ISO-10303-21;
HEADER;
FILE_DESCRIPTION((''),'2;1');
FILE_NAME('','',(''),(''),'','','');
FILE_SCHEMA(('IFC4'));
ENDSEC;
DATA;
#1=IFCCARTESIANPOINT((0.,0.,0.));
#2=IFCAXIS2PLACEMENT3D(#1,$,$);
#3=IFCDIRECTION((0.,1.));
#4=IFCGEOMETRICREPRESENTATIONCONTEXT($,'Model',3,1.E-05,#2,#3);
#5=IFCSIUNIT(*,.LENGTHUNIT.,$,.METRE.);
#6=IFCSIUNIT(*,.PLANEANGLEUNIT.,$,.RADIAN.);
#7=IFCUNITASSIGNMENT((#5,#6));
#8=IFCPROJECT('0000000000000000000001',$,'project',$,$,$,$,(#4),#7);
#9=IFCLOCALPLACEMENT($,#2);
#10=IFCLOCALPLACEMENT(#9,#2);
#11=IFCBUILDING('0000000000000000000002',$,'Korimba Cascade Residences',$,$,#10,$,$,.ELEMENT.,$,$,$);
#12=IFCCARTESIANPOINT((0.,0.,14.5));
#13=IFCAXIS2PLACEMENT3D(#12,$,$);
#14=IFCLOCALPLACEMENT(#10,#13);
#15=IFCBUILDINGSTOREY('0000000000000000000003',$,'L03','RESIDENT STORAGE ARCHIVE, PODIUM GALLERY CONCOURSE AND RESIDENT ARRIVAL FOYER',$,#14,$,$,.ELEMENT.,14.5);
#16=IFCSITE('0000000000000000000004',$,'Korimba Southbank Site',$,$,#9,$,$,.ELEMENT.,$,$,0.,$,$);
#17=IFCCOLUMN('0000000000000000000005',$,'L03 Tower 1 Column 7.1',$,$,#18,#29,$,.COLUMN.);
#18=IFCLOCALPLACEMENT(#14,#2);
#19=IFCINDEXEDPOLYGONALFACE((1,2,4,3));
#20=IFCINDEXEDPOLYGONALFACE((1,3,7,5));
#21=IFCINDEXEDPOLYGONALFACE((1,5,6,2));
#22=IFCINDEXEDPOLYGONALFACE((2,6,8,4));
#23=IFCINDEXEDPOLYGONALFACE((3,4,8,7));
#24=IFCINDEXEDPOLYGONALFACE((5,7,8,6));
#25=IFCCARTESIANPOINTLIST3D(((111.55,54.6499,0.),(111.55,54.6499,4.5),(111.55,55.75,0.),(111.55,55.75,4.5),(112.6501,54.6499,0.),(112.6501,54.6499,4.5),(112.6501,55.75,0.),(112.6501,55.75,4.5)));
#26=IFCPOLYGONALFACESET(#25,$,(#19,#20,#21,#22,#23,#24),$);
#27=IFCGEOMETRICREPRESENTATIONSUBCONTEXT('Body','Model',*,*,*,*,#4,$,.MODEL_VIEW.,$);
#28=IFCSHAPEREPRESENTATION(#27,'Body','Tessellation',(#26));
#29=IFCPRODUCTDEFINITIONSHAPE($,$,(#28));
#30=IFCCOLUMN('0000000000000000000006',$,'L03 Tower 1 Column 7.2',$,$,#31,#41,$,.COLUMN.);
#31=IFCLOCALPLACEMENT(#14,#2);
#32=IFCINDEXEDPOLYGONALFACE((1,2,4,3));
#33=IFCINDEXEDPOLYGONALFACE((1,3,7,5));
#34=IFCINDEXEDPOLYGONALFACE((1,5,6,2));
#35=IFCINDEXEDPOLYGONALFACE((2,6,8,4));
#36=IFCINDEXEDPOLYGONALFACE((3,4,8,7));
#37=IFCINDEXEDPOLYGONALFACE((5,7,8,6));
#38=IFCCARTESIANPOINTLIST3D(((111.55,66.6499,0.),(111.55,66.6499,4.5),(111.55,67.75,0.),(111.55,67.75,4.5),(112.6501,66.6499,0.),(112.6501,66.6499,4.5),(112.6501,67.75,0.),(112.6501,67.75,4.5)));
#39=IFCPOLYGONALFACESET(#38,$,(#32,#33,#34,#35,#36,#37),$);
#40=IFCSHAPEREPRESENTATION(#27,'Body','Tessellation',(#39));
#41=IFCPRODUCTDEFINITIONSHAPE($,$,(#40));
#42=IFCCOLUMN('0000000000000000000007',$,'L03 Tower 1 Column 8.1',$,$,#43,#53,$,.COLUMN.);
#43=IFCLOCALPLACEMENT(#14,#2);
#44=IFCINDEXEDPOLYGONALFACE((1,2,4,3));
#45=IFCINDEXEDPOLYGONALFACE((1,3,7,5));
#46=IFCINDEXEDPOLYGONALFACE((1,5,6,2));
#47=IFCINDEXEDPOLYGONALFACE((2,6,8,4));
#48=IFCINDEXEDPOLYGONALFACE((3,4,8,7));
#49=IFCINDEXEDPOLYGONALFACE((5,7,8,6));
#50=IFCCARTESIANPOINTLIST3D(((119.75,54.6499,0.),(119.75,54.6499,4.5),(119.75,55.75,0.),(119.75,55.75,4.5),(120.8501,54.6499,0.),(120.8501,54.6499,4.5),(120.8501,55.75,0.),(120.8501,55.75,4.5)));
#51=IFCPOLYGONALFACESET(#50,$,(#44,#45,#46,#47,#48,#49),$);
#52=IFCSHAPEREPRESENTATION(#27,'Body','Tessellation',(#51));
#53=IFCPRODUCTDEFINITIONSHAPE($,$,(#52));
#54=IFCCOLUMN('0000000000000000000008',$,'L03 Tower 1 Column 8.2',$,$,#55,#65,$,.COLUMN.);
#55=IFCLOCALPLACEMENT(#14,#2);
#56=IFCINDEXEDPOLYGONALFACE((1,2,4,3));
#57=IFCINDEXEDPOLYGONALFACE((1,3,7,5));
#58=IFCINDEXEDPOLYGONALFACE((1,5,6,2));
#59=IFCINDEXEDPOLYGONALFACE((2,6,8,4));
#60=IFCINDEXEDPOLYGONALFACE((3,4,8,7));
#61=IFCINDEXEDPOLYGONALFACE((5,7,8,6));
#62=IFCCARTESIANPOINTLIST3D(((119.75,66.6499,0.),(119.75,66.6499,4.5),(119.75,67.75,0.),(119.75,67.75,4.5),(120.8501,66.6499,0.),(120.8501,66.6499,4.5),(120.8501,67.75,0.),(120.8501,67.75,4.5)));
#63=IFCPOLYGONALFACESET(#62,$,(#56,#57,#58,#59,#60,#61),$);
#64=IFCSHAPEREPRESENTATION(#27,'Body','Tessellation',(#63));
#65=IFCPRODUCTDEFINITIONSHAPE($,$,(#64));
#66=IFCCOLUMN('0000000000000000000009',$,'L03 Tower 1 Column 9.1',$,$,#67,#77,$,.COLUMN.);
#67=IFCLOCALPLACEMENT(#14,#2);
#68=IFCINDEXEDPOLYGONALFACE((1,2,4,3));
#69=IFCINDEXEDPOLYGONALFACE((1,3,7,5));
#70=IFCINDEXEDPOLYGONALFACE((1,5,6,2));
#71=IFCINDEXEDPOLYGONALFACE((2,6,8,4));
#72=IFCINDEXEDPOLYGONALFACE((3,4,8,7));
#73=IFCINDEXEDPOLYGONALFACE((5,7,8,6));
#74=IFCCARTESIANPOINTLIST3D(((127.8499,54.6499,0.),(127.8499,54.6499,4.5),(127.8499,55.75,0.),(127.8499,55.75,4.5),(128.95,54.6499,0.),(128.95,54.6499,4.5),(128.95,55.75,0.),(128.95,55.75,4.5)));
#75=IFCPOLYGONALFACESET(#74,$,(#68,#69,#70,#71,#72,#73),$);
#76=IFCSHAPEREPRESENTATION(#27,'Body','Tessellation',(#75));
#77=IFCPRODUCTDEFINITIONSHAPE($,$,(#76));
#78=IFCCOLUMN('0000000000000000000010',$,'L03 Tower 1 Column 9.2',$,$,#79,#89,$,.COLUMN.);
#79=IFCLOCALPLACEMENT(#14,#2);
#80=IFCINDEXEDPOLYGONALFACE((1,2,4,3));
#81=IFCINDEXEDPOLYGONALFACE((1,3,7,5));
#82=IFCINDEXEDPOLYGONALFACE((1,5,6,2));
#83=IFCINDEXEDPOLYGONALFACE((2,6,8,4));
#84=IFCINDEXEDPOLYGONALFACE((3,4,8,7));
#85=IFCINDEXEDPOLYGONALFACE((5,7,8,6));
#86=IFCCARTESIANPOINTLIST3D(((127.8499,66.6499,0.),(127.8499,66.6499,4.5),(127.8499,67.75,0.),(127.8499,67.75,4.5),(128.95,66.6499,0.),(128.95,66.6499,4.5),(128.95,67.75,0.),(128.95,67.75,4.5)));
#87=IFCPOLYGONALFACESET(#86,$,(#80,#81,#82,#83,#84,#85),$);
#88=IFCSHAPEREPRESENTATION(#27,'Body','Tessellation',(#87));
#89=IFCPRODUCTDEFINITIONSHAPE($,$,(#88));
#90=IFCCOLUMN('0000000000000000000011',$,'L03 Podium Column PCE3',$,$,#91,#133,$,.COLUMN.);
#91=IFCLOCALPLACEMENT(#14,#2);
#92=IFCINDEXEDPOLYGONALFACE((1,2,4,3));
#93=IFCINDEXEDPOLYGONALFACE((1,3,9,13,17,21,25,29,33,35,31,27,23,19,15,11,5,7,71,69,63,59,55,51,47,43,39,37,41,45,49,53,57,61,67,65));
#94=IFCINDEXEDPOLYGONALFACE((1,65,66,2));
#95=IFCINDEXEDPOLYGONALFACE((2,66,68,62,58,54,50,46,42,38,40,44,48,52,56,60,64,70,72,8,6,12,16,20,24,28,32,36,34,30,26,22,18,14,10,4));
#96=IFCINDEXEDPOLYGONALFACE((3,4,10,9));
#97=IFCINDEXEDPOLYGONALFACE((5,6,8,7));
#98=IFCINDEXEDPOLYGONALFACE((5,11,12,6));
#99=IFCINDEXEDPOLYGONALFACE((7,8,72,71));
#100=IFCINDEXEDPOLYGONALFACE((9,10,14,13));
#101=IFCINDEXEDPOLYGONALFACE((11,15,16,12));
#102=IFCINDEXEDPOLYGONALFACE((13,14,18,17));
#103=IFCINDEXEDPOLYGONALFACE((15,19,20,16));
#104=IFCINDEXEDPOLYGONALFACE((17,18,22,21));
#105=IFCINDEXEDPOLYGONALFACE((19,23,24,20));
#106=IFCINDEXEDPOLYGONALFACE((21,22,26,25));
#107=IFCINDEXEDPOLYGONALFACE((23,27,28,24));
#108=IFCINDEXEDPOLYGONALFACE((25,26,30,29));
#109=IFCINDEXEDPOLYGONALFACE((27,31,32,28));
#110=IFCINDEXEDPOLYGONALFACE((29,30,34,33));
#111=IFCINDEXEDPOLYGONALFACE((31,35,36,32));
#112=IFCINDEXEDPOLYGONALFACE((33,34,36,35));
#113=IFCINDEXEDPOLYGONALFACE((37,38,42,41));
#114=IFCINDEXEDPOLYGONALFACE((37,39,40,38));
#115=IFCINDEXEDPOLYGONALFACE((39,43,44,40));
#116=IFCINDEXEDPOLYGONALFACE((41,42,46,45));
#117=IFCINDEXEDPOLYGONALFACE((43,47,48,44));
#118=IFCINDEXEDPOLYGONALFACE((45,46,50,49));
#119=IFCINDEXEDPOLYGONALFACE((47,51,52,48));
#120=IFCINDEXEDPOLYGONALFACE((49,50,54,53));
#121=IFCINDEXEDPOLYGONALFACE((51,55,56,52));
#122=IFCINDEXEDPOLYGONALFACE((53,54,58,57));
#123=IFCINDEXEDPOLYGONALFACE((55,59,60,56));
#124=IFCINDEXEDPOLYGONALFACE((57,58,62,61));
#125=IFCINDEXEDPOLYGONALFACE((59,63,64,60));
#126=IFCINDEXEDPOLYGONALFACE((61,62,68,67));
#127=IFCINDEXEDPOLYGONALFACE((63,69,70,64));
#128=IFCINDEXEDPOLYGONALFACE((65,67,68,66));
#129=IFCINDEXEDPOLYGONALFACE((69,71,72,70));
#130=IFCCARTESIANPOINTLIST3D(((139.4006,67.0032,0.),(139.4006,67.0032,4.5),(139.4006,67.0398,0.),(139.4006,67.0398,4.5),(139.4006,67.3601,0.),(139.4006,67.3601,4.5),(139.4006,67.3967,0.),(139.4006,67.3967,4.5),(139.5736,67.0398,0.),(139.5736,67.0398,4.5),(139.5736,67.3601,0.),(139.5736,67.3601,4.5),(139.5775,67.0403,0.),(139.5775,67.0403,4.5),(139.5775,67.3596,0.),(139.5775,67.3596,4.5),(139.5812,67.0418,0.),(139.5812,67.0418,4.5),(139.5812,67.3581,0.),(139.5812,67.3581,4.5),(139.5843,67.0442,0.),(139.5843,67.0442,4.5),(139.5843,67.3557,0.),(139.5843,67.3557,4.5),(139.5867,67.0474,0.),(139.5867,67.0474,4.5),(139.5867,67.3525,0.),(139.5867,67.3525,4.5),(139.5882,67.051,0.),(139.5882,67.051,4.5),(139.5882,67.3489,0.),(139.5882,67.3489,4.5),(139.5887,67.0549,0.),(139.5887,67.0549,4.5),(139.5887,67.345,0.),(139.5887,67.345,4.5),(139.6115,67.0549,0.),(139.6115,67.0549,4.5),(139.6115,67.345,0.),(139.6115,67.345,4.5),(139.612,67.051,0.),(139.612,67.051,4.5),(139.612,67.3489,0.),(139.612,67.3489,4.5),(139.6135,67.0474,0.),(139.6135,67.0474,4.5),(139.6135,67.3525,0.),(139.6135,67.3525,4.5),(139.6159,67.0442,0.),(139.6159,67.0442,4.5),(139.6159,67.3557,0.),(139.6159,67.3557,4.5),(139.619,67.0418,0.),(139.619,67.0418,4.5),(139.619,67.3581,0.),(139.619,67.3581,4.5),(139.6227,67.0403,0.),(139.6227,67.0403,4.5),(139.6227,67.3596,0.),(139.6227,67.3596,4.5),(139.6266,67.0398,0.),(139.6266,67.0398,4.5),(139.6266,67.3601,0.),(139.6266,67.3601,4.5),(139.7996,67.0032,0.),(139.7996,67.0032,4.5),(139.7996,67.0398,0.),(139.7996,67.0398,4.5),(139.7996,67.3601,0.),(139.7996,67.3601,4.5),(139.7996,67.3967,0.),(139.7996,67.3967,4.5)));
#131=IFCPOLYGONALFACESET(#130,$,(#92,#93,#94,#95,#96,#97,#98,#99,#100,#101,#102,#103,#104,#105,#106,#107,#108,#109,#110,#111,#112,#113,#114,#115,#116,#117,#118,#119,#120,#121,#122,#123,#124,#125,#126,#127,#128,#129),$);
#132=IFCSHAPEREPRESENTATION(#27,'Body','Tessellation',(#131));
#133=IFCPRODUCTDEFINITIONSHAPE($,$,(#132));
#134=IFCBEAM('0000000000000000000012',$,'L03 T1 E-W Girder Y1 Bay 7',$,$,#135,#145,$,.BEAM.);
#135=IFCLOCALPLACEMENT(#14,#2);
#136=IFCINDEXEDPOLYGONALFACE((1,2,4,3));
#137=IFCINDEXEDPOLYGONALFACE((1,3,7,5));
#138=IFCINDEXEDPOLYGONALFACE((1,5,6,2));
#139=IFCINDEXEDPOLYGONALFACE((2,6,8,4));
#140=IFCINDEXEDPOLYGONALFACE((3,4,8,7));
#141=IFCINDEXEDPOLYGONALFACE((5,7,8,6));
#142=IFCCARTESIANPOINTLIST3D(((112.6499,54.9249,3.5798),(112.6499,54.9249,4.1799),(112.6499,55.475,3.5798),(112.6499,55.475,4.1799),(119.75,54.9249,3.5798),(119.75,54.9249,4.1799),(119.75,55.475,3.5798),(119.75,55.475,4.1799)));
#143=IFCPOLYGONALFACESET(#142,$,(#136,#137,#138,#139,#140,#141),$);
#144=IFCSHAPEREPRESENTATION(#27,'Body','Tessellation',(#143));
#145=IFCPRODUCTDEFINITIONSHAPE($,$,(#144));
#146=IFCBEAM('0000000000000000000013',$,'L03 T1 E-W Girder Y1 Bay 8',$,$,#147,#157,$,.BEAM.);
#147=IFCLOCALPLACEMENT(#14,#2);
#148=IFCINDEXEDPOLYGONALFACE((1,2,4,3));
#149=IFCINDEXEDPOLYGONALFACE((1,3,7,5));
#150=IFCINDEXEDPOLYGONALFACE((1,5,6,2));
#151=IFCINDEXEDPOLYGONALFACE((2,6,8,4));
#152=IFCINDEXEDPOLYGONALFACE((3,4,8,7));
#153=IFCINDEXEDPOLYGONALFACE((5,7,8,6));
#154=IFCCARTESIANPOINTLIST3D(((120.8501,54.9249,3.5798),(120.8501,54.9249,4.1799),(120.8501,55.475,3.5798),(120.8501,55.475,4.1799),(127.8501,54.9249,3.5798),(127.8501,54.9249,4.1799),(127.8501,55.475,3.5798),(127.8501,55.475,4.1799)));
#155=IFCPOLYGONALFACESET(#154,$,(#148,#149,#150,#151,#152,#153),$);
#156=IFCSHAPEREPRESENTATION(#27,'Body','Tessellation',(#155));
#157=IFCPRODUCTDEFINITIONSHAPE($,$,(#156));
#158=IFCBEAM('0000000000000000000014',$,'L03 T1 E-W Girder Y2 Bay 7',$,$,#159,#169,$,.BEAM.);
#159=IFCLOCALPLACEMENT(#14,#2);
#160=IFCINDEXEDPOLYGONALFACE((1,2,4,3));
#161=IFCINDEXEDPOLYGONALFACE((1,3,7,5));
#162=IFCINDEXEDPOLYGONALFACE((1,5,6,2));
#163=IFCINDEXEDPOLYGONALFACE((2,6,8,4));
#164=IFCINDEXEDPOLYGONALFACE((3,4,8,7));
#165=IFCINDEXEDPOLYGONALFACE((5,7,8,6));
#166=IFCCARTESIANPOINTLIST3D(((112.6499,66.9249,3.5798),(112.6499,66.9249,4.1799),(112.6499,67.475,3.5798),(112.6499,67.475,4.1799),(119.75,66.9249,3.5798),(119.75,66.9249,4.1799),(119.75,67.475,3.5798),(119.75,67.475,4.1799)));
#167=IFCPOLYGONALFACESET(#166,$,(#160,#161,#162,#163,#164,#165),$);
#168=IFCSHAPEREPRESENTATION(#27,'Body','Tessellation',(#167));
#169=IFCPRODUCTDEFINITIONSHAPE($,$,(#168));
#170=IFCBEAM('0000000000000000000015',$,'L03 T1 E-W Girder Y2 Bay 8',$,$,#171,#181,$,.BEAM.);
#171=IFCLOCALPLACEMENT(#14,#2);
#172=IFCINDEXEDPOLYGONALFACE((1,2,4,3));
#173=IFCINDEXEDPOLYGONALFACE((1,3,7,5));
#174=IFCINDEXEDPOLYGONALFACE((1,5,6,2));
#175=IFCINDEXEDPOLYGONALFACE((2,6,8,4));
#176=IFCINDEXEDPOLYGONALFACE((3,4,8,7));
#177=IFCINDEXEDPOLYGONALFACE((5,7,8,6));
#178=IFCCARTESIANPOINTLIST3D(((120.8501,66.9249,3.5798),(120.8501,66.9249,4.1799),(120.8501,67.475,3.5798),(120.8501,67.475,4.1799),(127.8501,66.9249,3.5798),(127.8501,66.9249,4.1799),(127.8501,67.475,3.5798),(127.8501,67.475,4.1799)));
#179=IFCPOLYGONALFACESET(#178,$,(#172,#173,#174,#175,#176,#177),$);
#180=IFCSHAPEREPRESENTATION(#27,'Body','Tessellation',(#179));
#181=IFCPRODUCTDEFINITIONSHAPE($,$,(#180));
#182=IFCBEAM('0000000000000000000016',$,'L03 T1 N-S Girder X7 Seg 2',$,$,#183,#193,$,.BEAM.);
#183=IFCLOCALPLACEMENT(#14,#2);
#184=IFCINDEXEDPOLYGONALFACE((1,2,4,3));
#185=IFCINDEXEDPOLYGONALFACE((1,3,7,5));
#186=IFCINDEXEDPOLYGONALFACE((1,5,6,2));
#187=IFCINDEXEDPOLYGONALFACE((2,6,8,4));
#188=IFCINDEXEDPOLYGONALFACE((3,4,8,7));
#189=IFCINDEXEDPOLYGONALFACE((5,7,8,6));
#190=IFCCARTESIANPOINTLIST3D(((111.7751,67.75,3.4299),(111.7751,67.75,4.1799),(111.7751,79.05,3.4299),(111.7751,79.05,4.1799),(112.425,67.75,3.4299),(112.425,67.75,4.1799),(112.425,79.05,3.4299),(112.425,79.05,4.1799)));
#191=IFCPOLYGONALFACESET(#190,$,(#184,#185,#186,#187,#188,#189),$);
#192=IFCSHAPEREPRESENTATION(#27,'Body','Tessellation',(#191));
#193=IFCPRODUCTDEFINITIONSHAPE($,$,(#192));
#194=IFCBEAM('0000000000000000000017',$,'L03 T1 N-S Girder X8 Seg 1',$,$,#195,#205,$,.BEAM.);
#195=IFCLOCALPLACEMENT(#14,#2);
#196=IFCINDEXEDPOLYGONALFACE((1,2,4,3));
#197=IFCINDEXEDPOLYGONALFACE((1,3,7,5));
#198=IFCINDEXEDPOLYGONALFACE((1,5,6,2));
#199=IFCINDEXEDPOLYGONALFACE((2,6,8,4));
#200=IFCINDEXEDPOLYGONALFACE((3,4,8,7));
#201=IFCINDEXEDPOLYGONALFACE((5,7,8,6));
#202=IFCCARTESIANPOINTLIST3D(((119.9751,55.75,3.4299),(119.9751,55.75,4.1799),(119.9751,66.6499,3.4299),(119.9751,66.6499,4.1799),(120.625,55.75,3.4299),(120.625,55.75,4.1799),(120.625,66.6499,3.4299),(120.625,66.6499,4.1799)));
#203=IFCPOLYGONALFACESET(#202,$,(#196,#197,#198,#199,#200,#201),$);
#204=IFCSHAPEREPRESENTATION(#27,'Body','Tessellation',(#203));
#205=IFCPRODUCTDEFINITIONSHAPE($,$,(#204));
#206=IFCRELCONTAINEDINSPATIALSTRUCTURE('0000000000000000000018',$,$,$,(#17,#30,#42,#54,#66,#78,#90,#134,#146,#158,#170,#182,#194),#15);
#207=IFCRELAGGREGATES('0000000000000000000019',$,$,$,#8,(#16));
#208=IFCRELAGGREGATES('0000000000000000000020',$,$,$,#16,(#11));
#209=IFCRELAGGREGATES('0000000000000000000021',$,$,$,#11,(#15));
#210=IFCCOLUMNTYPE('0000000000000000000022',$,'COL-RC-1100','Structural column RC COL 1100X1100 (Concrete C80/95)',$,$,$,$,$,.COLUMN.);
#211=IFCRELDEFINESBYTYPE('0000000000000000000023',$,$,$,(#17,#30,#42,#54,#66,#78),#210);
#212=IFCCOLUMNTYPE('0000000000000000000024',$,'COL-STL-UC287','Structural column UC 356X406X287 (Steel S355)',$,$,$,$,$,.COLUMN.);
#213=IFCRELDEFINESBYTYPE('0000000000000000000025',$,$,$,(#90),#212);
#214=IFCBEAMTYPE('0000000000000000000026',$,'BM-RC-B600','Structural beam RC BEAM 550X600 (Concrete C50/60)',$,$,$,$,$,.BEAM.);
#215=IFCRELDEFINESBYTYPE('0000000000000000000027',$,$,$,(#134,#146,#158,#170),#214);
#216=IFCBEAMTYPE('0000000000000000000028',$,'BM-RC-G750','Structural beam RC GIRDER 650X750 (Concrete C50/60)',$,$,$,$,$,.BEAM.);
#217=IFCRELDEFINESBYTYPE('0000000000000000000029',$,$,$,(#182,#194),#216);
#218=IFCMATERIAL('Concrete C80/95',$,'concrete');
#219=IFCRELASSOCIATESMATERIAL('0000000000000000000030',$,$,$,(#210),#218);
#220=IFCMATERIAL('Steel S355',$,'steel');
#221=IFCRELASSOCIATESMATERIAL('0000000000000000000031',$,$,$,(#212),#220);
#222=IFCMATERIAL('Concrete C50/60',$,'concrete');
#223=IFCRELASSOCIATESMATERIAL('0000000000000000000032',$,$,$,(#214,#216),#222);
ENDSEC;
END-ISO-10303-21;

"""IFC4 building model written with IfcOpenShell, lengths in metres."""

from ifc_helpers import new_model, si_unit, direction, frame, origin, origin_2d, place, context, subcontext, project, spatial, rectangle, i_section, extrude, material, material_profile, profile_set, type_object, element, save


model = new_model("IFC4")

# Units and contexts
model_context = context("Model", 3, precision=1e-05, world=origin(), true_north=direction((0.0, 1.0)))
body_context = subcontext(model_context, "Body", "Model", "MODEL_VIEW")
ifc_project = project(units=[si_unit("LENGTHUNIT", "METRE"), si_unit("PLANEANGLEUNIT", "RADIAN")], contexts=[model_context])

# Site, building, storey
site_placement = place(None, origin())
site = spatial("IfcSite", under=ifc_project, at=site_placement, Name="Korimba Southbank Site", CompositionType="ELEMENT", RefElevation=0.0)
building_placement = place(site_placement, origin())
building = spatial("IfcBuilding", under=site, at=building_placement, Name="Korimba Cascade Residences", CompositionType="ELEMENT")
storey_placement = place(building_placement, frame((0.0, 0.0, 14.5)))
storey = spatial("IfcBuildingStorey", under=building, at=storey_placement, Name="L03", Description="RESIDENT STORAGE ARCHIVE, PODIUM GALLERY CONCOURSE AND RESIDENT ARRIVAL FOYER", CompositionType="ELEMENT", Elevation=14.5)

# Columns
ifc_material_1 = material(Name="Concrete C80/95", Category="concrete")
ifc_material_profile_1 = material_profile(ifc_material_1, rectangle(XDim=1.1001, YDim=1.1001, at=origin_2d()), Name="Concrete C80/95")
ifc_profile_set_1 = profile_set([ifc_material_profile_1], Name="Concrete C80/95")
column_type_1 = type_object("IfcColumnType", Name="COL-RC-1100", Description="Structural column RC COL 1100X1100 (Concrete C80/95)", PredefinedType="COLUMN", material=ifc_profile_set_1)
for number, where, z_axis, x_axis, name in (
    (1, (112.1001, 55.2, 0.0), (0.0, 0.0, 1.0), (1.0, 0.0, 0.0), "L03 Tower 1 Column 7.1"),
    (2, (112.1001, 67.2, 0.0), (0.0, 0.0, 1.0), (1.0, 0.0, 0.0), "L03 Tower 1 Column 7.2"),
    (3, (120.3, 55.2, 0.0), (0.0, 0.0, 1.0), (1.0, 0.0, 0.0), "L03 Tower 1 Column 8.1"),
    (4, (120.3, 67.2, 0.0), (0.0, 0.0, 1.0), (1.0, 0.0, 0.0), "L03 Tower 1 Column 8.2"),
    (5, (128.3999, 55.2, 0.0), (0.0, 0.0, 1.0), (1.0, 0.0, 0.0), "L03 Tower 1 Column 9.1"),
    (6, (128.3999, 67.2, 0.0), (0.0, 0.0, 1.0), (1.0, 0.0, 0.0), "L03 Tower 1 Column 9.2"),
):
    element("IfcColumn", number, at=place(storey_placement, frame(where, z_axis=z_axis, x_axis=x_axis)), inside=storey, type_object=column_type_1, Name=name, PredefinedType="COLUMN", context=body_context, shape_type="SweptSolid", body=[
        extrude(rectangle(XDim=1.1001, YDim=1.1001, at=origin_2d()), origin(), (0.0, 0.0, 1.0), 4.5),
    ])
ifc_material_2 = material(Name="Steel S355", Category="steel")
ifc_material_profile_2 = material_profile(ifc_material_2, i_section(OverallWidth=0.3989, OverallDepth=0.3936, WebThickness=0.0227, FlangeThickness=0.0366, FilletRadius=0.0151, at=origin_2d()), Name="Steel S355")
ifc_profile_set_2 = profile_set([ifc_material_profile_2], Name="Steel S355")
column_type_2 = type_object("IfcColumnType", Name="COL-STL-UC287", Description="Structural column UC 356X406X287 (Steel S355)", PredefinedType="COLUMN", material=ifc_profile_set_2)
column_placement = place(storey_placement, frame((139.6001, 67.2, 0.0), z_axis=(0.0, 0.0, 1.0), x_axis=(1.0, 0.0, 0.0)))
element("IfcColumn", 7, at=column_placement, inside=storey, type_object=column_type_2, Name="L03 Podium Column PCE3", PredefinedType="COLUMN", context=body_context, shape_type="SweptSolid", body=[
    extrude(i_section(OverallWidth=0.3989, OverallDepth=0.3936, WebThickness=0.0227, FlangeThickness=0.0366, FilletRadius=0.0151, at=origin_2d()), origin(), (0.0, 0.0, 1.0), 4.5),
])

# Beams
ifc_material_3 = material(Name="Concrete C50/60", Category="concrete")
ifc_material_profile_3 = material_profile(ifc_material_3, rectangle(XDim=0.55, YDim=0.6001, at=origin_2d()), Name="Concrete C50/60")
ifc_profile_set_3 = profile_set([ifc_material_profile_3], Name="Concrete C50/60")
beam_type_1 = type_object("IfcBeamType", Name="BM-RC-B600", Description="Structural beam RC BEAM 550X600 (Concrete C50/60)", PredefinedType="BEAM", material=ifc_profile_set_3)
beam_1_placement = place(storey_placement, frame((112.6499, 55.2, 3.8799), z_axis=(1.0, 0.0, 0.0), x_axis=(0.0, 1.0, 0.0)))
element("IfcBeam", 8, at=beam_1_placement, inside=storey, type_object=beam_type_1, Name="L03 T1 E-W Girder Y1 Bay 7", PredefinedType="BEAM", context=body_context, shape_type="SweptSolid", body=[
    extrude(rectangle(XDim=0.55, YDim=0.6001, at=origin_2d()), origin(), (0.0, 0.0, 1.0), 7.1001),
])
beam_2_placement = place(storey_placement, frame((120.8501, 55.2, 3.8799), z_axis=(1.0, 0.0, 0.0), x_axis=(0.0, 1.0, 0.0)))
element("IfcBeam", 9, at=beam_2_placement, inside=storey, type_object=beam_type_1, Name="L03 T1 E-W Girder Y1 Bay 8", PredefinedType="BEAM", context=body_context, shape_type="SweptSolid", body=[
    extrude(rectangle(XDim=0.55, YDim=0.6001, at=origin_2d()), origin(), (0.0, 0.0, 1.0), 7.0),
])
beam_3_placement = place(storey_placement, frame((112.6499, 67.2, 3.8799), z_axis=(1.0, 0.0, 0.0), x_axis=(0.0, 1.0, 0.0)))
element("IfcBeam", 10, at=beam_3_placement, inside=storey, type_object=beam_type_1, Name="L03 T1 E-W Girder Y2 Bay 7", PredefinedType="BEAM", context=body_context, shape_type="SweptSolid", body=[
    extrude(rectangle(XDim=0.55, YDim=0.6001, at=origin_2d()), origin(), (0.0, 0.0, 1.0), 7.1001),
])
beam_4_placement = place(storey_placement, frame((120.8501, 67.2, 3.8799), z_axis=(1.0, 0.0, 0.0), x_axis=(0.0, 1.0, 0.0)))
element("IfcBeam", 11, at=beam_4_placement, inside=storey, type_object=beam_type_1, Name="L03 T1 E-W Girder Y2 Bay 8", PredefinedType="BEAM", context=body_context, shape_type="SweptSolid", body=[
    extrude(rectangle(XDim=0.55, YDim=0.6001, at=origin_2d()), origin(), (0.0, 0.0, 1.0), 7.0),
])
ifc_material_profile_4 = material_profile(ifc_material_3, rectangle(XDim=0.6499, YDim=0.75, at=origin_2d()), Name="Concrete C50/60")
ifc_profile_set_4 = profile_set([ifc_material_profile_4], Name="Concrete C50/60")
beam_type_2 = type_object("IfcBeamType", Name="BM-RC-G750", Description="Structural beam RC GIRDER 650X750 (Concrete C50/60)", PredefinedType="BEAM", material=ifc_profile_set_4)
beam_5_placement = place(storey_placement, frame((112.1001, 67.75, 3.8049), z_axis=(0.0, 1.0, 0.0), x_axis=(-1.0, 0.0, 0.0)))
element("IfcBeam", 12, at=beam_5_placement, inside=storey, type_object=beam_type_2, Name="L03 T1 N-S Girder X7 Seg 2", PredefinedType="BEAM", context=body_context, shape_type="SweptSolid", body=[
    extrude(rectangle(XDim=0.6499, YDim=0.75, at=origin_2d()), origin(), (0.0, 0.0, 1.0), 11.3),
])
beam_6_placement = place(storey_placement, frame((120.3, 55.75, 3.8049), z_axis=(0.0, 1.0, 0.0), x_axis=(-1.0, 0.0, 0.0)))
element("IfcBeam", 13, at=beam_6_placement, inside=storey, type_object=beam_type_2, Name="L03 T1 N-S Girder X8 Seg 1", PredefinedType="BEAM", context=body_context, shape_type="SweptSolid", body=[
    extrude(rectangle(XDim=0.6499, YDim=0.75, at=origin_2d()), origin(), (0.0, 0.0, 1.0), 10.8999),
])

save(model, "model.ifc")
